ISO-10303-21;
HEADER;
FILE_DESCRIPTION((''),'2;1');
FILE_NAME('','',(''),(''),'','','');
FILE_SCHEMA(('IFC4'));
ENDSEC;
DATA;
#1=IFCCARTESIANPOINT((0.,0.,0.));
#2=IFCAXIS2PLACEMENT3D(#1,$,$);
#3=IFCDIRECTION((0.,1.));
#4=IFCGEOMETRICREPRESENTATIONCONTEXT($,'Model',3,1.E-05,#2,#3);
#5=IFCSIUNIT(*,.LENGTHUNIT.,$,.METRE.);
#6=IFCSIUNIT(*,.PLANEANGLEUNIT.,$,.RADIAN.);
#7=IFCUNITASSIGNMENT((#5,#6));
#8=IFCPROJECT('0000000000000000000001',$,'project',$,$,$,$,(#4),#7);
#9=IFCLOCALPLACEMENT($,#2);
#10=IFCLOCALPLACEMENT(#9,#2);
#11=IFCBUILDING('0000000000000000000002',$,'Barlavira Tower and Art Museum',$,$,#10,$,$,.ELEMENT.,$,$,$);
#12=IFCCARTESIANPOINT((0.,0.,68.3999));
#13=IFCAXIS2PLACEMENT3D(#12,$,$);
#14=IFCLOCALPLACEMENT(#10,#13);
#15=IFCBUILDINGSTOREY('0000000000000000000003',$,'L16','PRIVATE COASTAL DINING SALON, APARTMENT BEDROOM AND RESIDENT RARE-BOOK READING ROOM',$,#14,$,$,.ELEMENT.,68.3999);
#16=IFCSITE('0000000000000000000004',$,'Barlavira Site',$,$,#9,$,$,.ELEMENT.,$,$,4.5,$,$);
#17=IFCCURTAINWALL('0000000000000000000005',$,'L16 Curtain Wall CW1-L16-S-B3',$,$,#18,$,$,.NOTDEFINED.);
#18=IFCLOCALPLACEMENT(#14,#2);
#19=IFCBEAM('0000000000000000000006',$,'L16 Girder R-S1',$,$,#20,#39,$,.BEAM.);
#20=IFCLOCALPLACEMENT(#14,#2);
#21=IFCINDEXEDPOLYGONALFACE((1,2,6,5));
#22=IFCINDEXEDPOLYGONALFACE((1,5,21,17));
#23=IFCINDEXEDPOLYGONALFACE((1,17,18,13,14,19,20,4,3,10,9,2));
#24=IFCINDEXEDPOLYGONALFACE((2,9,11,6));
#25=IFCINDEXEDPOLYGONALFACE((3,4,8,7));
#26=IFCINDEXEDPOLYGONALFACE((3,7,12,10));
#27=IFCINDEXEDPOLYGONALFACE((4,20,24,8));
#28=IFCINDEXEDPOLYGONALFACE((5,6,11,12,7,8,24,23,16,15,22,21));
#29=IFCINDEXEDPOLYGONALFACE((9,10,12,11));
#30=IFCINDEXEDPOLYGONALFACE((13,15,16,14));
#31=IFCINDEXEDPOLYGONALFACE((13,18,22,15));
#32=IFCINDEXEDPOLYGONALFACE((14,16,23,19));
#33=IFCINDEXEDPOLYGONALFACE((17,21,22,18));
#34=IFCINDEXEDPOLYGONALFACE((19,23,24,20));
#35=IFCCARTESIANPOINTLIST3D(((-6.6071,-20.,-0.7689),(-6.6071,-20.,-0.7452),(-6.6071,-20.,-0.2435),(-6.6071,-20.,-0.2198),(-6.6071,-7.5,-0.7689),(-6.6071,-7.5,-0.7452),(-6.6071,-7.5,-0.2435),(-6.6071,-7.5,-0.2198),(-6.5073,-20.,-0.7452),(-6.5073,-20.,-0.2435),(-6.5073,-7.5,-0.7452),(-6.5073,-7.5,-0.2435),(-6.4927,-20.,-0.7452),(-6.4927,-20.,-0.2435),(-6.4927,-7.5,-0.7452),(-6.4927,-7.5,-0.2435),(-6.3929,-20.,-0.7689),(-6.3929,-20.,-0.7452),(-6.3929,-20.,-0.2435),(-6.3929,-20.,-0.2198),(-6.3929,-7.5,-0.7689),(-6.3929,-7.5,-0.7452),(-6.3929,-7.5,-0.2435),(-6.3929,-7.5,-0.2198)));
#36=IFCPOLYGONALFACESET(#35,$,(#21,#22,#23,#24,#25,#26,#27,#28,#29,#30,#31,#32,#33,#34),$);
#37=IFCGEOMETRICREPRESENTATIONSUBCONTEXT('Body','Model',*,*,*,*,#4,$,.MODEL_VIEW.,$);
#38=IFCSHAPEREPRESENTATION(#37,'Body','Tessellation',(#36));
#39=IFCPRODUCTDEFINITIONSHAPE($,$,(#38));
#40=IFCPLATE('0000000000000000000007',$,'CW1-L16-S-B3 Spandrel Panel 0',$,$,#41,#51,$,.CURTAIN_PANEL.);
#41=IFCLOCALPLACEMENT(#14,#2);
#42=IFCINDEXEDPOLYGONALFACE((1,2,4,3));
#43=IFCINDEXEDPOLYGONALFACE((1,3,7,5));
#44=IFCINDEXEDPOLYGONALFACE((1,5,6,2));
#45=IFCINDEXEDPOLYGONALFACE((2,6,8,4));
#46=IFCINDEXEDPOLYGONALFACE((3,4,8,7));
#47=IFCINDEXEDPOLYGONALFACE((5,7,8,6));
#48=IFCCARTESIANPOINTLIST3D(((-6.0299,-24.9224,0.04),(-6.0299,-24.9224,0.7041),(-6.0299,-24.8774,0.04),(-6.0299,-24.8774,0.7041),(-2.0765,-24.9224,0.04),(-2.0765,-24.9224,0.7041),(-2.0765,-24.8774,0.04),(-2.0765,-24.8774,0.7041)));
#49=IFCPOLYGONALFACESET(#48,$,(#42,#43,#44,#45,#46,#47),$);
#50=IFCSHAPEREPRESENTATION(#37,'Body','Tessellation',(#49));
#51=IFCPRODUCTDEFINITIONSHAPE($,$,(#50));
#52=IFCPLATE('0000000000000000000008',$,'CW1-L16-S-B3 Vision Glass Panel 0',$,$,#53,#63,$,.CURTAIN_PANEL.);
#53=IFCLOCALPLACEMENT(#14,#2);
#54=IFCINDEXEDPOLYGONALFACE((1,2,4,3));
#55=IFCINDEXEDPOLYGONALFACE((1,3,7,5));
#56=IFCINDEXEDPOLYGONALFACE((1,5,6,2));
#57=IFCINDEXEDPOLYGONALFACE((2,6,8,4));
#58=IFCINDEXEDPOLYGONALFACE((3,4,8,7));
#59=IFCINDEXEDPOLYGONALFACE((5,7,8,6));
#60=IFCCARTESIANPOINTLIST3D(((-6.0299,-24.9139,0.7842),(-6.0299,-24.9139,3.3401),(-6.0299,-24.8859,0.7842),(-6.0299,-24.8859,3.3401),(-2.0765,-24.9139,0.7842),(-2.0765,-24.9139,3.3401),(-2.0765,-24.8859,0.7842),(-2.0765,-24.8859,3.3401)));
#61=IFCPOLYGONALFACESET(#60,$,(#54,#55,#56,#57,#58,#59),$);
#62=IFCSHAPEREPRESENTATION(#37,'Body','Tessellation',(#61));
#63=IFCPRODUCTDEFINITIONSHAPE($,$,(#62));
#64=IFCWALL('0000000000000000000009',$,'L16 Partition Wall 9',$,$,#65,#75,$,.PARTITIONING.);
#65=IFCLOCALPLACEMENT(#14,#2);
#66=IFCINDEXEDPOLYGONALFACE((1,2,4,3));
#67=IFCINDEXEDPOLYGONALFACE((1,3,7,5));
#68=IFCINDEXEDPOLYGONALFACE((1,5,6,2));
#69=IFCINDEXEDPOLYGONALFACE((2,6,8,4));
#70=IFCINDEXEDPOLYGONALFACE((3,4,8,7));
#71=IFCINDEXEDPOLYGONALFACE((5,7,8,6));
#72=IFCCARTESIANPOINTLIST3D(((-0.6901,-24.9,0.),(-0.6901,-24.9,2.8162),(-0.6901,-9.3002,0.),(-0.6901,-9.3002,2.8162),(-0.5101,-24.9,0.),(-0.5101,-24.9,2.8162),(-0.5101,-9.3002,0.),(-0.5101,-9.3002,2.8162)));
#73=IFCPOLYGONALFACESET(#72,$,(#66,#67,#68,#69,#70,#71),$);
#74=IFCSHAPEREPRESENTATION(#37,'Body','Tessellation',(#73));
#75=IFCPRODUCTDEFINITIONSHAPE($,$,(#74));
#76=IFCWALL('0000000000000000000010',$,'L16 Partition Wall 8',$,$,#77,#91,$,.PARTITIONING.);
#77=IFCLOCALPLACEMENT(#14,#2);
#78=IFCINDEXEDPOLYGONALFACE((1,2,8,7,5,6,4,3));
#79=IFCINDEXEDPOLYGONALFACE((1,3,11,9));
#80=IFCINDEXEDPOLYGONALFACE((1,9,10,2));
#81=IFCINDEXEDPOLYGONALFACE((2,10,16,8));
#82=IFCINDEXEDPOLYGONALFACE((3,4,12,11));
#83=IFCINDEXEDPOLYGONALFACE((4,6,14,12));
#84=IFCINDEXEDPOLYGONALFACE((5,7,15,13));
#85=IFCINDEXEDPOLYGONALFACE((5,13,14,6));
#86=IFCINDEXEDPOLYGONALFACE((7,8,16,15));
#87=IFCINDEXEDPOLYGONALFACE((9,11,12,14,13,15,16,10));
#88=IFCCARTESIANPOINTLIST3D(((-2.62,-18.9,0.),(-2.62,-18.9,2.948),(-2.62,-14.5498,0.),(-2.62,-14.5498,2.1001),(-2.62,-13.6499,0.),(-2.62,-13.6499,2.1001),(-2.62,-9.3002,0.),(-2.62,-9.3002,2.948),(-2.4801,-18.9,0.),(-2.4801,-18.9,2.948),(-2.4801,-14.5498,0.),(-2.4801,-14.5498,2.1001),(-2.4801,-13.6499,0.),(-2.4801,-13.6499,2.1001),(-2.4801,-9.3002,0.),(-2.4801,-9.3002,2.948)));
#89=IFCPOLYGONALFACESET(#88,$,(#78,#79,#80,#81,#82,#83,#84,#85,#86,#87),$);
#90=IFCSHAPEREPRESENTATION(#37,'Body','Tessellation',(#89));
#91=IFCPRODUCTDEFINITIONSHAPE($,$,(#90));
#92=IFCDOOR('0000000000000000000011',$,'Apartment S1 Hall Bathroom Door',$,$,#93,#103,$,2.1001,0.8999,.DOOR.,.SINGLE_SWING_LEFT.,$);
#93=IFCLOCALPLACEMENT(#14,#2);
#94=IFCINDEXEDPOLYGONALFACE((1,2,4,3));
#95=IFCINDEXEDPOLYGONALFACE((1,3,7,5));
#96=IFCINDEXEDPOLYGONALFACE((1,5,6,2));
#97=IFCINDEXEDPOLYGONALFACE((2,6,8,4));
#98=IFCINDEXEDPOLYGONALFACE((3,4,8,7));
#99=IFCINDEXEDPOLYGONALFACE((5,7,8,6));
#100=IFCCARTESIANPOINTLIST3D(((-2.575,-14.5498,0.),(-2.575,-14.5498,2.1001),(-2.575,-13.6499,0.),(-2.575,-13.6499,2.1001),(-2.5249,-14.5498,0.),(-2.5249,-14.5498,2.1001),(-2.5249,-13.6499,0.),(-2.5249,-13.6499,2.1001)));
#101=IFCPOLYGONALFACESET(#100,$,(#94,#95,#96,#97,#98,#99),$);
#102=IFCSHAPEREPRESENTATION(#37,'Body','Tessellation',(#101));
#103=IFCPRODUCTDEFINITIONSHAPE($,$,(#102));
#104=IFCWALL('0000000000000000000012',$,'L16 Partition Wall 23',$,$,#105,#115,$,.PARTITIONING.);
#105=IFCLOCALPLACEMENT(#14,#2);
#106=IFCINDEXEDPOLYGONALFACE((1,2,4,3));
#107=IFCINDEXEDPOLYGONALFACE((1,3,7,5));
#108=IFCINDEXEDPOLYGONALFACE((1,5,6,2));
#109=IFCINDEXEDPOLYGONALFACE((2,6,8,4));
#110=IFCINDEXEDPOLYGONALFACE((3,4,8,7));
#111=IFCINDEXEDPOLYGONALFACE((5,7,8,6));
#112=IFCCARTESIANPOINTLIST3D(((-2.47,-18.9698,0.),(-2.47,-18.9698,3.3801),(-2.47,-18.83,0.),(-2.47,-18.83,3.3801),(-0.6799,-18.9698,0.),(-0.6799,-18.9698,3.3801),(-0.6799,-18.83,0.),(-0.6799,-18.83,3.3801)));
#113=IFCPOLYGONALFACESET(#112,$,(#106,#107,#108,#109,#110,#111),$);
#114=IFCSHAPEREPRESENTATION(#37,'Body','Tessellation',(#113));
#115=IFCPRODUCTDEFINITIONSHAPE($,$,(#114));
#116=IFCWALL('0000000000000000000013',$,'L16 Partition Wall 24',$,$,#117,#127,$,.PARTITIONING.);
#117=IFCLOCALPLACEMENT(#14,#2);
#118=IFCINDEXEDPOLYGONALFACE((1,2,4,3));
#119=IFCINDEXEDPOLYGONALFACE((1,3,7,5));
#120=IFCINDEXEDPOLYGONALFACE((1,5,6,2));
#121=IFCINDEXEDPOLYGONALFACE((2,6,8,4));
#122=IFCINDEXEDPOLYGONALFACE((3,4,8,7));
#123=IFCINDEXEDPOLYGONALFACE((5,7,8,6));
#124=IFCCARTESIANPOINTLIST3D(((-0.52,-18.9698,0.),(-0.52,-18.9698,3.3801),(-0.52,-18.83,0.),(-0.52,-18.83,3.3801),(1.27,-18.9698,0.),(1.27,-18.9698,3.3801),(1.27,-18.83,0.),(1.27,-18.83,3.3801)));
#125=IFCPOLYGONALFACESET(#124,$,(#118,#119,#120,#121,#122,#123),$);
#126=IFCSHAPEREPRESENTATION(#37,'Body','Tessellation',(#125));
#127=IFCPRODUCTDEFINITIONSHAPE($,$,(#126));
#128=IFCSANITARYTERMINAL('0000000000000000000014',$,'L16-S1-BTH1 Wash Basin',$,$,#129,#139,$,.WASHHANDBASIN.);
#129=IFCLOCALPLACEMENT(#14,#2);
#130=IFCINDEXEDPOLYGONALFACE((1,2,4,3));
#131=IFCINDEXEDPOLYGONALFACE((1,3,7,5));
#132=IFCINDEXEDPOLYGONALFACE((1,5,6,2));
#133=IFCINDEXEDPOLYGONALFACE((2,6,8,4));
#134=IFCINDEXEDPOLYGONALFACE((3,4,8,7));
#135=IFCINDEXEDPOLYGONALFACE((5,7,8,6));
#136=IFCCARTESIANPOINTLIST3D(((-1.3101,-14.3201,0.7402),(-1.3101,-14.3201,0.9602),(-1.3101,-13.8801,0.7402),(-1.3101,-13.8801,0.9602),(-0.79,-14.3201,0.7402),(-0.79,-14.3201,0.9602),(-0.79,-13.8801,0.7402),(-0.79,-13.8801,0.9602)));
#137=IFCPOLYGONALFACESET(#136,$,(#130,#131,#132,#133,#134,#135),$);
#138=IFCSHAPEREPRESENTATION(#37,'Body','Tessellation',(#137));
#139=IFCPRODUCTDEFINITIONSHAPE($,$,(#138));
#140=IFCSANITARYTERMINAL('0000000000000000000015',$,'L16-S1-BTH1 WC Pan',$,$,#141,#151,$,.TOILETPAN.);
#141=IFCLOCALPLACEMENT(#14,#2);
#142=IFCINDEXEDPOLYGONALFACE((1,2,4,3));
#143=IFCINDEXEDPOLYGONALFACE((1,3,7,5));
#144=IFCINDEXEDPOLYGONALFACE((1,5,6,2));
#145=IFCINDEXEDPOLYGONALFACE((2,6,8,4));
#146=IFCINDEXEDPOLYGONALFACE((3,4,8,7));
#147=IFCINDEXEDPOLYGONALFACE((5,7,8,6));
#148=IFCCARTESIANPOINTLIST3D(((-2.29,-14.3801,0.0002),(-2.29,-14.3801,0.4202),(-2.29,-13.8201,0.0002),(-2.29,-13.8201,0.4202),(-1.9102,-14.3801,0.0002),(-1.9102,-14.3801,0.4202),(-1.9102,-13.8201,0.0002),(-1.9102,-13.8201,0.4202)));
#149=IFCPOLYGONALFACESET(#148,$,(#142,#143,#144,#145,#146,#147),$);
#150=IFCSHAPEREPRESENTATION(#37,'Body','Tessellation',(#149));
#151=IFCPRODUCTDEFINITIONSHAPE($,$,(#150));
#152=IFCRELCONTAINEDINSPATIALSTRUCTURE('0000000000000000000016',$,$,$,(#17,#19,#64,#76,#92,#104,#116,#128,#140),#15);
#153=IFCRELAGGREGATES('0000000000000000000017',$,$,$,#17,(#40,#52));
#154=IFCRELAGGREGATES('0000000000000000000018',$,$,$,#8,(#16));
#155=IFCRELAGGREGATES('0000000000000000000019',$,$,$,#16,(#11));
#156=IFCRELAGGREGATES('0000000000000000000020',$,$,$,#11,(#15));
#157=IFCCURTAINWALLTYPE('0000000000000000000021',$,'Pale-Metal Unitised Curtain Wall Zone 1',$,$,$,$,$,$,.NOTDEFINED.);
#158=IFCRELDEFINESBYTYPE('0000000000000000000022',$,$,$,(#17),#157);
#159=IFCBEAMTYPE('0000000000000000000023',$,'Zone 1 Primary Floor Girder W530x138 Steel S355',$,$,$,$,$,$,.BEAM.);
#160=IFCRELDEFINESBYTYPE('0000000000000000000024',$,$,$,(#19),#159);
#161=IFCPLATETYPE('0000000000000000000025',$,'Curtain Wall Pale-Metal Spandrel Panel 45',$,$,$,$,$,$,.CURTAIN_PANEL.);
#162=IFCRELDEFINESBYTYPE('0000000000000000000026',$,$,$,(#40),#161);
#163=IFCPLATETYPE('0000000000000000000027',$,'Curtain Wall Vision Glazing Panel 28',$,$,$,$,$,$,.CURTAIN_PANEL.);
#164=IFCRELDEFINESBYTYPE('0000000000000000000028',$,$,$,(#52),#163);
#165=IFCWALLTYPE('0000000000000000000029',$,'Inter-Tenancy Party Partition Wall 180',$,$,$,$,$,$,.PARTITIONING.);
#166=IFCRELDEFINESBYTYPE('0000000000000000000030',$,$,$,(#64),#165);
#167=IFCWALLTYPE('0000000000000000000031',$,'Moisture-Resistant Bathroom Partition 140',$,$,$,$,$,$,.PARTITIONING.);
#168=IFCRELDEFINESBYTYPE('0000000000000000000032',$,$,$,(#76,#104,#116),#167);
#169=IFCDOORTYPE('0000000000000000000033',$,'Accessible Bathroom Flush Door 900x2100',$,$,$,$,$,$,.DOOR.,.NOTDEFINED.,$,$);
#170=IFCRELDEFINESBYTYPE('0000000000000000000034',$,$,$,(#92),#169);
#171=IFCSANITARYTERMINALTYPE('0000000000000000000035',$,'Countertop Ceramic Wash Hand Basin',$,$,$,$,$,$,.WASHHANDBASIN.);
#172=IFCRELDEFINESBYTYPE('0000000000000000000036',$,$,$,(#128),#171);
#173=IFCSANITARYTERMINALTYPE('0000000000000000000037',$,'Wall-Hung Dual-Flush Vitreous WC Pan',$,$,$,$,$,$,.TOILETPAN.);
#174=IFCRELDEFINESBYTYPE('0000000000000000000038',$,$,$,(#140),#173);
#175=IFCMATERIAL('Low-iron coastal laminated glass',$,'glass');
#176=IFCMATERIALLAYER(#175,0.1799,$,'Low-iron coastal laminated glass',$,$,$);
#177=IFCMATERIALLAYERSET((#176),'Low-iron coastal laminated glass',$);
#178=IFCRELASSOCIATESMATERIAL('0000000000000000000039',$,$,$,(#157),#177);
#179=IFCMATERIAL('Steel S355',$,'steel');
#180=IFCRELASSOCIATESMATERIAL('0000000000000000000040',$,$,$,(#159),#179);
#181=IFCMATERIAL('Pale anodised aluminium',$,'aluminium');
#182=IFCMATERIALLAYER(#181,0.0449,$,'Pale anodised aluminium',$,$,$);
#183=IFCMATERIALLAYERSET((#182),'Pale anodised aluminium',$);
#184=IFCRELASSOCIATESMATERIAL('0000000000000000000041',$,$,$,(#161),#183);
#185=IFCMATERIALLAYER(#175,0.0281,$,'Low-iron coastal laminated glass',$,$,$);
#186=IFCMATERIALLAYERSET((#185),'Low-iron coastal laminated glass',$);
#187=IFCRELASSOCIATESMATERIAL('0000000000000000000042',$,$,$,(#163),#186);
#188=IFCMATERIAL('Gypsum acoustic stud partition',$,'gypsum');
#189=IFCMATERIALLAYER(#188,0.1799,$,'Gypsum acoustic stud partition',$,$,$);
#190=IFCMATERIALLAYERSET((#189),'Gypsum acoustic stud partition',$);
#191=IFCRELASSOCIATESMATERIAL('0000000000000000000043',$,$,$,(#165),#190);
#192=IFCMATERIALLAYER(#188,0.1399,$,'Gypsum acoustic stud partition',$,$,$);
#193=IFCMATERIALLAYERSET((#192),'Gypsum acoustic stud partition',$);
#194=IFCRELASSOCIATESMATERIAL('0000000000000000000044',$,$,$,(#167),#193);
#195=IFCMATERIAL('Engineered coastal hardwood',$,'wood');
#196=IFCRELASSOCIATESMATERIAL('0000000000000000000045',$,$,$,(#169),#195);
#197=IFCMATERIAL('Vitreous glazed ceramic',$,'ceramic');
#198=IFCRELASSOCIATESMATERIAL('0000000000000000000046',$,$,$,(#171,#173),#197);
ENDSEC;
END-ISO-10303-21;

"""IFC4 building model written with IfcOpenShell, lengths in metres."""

from ifc_helpers import new_model, si_unit, direction, frame, frame_2d, origin, origin_2d, place, context, subcontext, project, spatial, rectangle, i_section, extrude, material, layer, layer_set, material_profile, profile_set, type_object, element, fill, aggregate, save


model = new_model("IFC4")

# Units and contexts
model_context = context("Model", 3, precision=1e-05, world=origin(), true_north=direction((0.0, 1.0)))
body_context = subcontext(model_context, "Body", "Model", "MODEL_VIEW")
ifc_project = project(units=[si_unit("LENGTHUNIT", "METRE"), si_unit("PLANEANGLEUNIT", "RADIAN")], contexts=[model_context])

# Site, building, storey
site_placement = place(None, origin())
site = spatial("IfcSite", under=ifc_project, at=site_placement, Name="Barlavira Site", CompositionType="ELEMENT", RefElevation=4.5)
building_placement = place(site_placement, origin())
building = spatial("IfcBuilding", under=site, at=building_placement, Name="Barlavira Tower and Art Museum", CompositionType="ELEMENT")
storey_placement = place(building_placement, frame((0.0, 0.0, 68.3999)))
storey = spatial("IfcBuildingStorey", under=building, at=storey_placement, Name="L16", Description="PRIVATE COASTAL DINING SALON, APARTMENT BEDROOM AND RESIDENT RARE-BOOK READING ROOM", CompositionType="ELEMENT", Elevation=68.3999)

# Curtain wall
ifc_material_1 = material(Name="Low-iron coastal laminated glass", Category="glass")
ifc_layer_1 = layer(ifc_material_1, 0.1799, Name="Low-iron coastal laminated glass")
ifc_layer_set_1 = layer_set([ifc_layer_1], Name="Low-iron coastal laminated glass")
curtain_wall_type = type_object("IfcCurtainWallType", Name="Pale-Metal Unitised Curtain Wall Zone 1", PredefinedType="NOTDEFINED", material=ifc_layer_set_1)
curtain_wall_placement = place(storey_placement, origin())
curtain_wall = element("IfcCurtainWall", 1, at=curtain_wall_placement, inside=storey, type_object=curtain_wall_type, Name="L16 Curtain Wall CW1-L16-S-B3", PredefinedType="NOTDEFINED")
ifc_material_2 = material(Name="Pale anodised aluminium", Category="aluminium")

# Shared definitions
ifc_material_3 = material(Name="Steel S355", Category="steel")

# Beam
ifc_material_profile_1 = material_profile(ifc_material_3, i_section(OverallWidth=0.2141, OverallDepth=0.5491, WebThickness=0.0146, FlangeThickness=0.0237, at=origin_2d()), Name="W530x138.0")
ifc_profile_set_1 = profile_set([ifc_material_profile_1], Name="Steel S355")
beam_type_1 = type_object("IfcBeamType", Name="Zone 1 Primary Floor Girder W530x138 Steel S355", PredefinedType="BEAM", material=ifc_profile_set_1)
beam_1_placement = place(storey_placement, frame((-6.5, -20.0, -0.4944), z_axis=(0.0, 1.0, 0.0), x_axis=(-1.0, 0.0, 0.0)))
element("IfcBeam", 2, at=beam_1_placement, inside=storey, type_object=beam_type_1, Name="L16 Girder R-S1", PredefinedType="BEAM", context=body_context, shape_type="SweptSolid", body=[
    extrude(i_section(OverallWidth=0.2141, OverallDepth=0.5491, WebThickness=0.0146, FlangeThickness=0.0237, at=origin_2d()), origin(), (0.0, 0.0, 1.0), 12.5),
])

# Plates
ifc_layer_2 = layer(ifc_material_2, 0.0449, Name="Pale anodised aluminium")
ifc_layer_set_2 = layer_set([ifc_layer_2], Name="Pale anodised aluminium")
plate_type_1 = type_object("IfcPlateType", Name="Curtain Wall Pale-Metal Spandrel Panel 45", PredefinedType="CURTAIN_PANEL", material=ifc_layer_set_2)
plate_1_placement = place(storey_placement, frame((-4.0532, -24.8999, 0.04), z_axis=(0.0, 0.0, 1.0), x_axis=(1.0, 0.0, 0.0)))
plate_1 = element("IfcPlate", 3, at=plate_1_placement, type_object=plate_type_1, Name="CW1-L16-S-B3 Spandrel Panel 0", PredefinedType="CURTAIN_PANEL", context=body_context, shape_type="SweptSolid", body=[
    extrude(rectangle(XDim=3.9534, YDim=0.0449, at=origin_2d()), origin(), (0.0, 0.0, 1.0), 0.6641),
])
ifc_layer_3 = layer(ifc_material_1, 0.0281, Name="Low-iron coastal laminated glass")
ifc_layer_set_3 = layer_set([ifc_layer_3], Name="Low-iron coastal laminated glass")
plate_type_2 = type_object("IfcPlateType", Name="Curtain Wall Vision Glazing Panel 28", PredefinedType="CURTAIN_PANEL", material=ifc_layer_set_3)
plate_2_placement = place(storey_placement, frame((-4.0532, -24.8999, 0.7842), z_axis=(0.0, 0.0, 1.0), x_axis=(1.0, 0.0, 0.0)))
plate_2 = element("IfcPlate", 4, at=plate_2_placement, type_object=plate_type_2, Name="CW1-L16-S-B3 Vision Glass Panel 0", PredefinedType="CURTAIN_PANEL", context=body_context, shape_type="SweptSolid", body=[
    extrude(rectangle(XDim=3.9534, YDim=0.0281, at=origin_2d()), origin(), (0.0, 0.0, 1.0), 2.5559),
])
aggregate(curtain_wall, [plate_1, plate_2])

# Wall
ifc_material_4 = material(Name="Gypsum acoustic stud partition", Category="gypsum")
ifc_layer_4 = layer(ifc_material_4, 0.1799, Name="Gypsum acoustic stud partition")
ifc_layer_set_4 = layer_set([ifc_layer_4], Name="Gypsum acoustic stud partition")
wall_type_1 = type_object("IfcWallType", Name="Inter-Tenancy Party Partition Wall 180", PredefinedType="PARTITIONING", material=ifc_layer_set_4)
wall_1_placement = place(storey_placement, frame((-0.6001, -24.8999, 0.0), z_axis=(0.0, 0.0, 1.0), x_axis=(0.0, 1.0, 0.0)))
element("IfcWall", 5, at=wall_1_placement, inside=storey, type_object=wall_type_1, Name="L16 Partition Wall 9", PredefinedType="PARTITIONING", context=body_context, shape_type="SweptSolid", body=[
    extrude(rectangle(XDim=15.5999, YDim=0.1799, at=frame_2d((7.7998, 0.0))), origin(), (0.0, 0.0, 1.0), 2.8162),
])

# Wall, opening, door
ifc_layer_5 = layer(ifc_material_4, 0.1399, Name="Gypsum acoustic stud partition")
ifc_layer_set_5 = layer_set([ifc_layer_5], Name="Gypsum acoustic stud partition")
wall_type_2 = type_object("IfcWallType", Name="Moisture-Resistant Bathroom Partition 140", PredefinedType="PARTITIONING", material=ifc_layer_set_5)
wall_2_placement = place(storey_placement, frame((-2.55, -18.8999, 0.0), z_axis=(0.0, 0.0, 1.0), x_axis=(0.0, 1.0, 0.0)))
wall_2 = element("IfcWall", 6, at=wall_2_placement, inside=storey, type_object=wall_type_2, Name="L16 Partition Wall 8", PredefinedType="PARTITIONING", context=body_context, shape_type="SweptSolid", body=[
    extrude(rectangle(XDim=9.5999, YDim=0.1399, at=frame_2d((4.7998, 0.0))), origin(), (0.0, 0.0, 1.0), 2.948),
])
opening_placement = place(wall_2_placement, frame((4.3501, 0.0, 0.0)))
opening = element("IfcOpeningElement", 7, at=opening_placement, cuts=wall_2, PredefinedType="OPENING", context=body_context, shape_type="SweptSolid", body=[
    extrude(rectangle(XDim=0.8999, YDim=2.1001, at=frame_2d((0.45, 1.05))), frame((0.0, 0.0801, 0.0), z_axis=(0.0, -1.0, 0.0), x_axis=(1.0, 0.0, 0.0)), (0.0, 0.0, 1.0), 0.1599),
])
ifc_material_5 = material(Name="Engineered coastal hardwood", Category="wood")
door_type = type_object("IfcDoorType", Name="Accessible Bathroom Flush Door 900x2100", OperationType="NOTDEFINED", PredefinedType="DOOR", material=ifc_material_5)
door_placement = place(opening_placement, origin())
door = element("IfcDoor", 8, at=door_placement, inside=storey, type_object=door_type, Name="Apartment S1 Hall Bathroom Door", OperationType="SINGLE_SWING_LEFT", OverallHeight=2.1001, OverallWidth=0.8999, PredefinedType="DOOR", context=body_context, shape_type="SweptSolid", body=[
    extrude(rectangle(XDim=0.8999, YDim=2.1001, at=frame_2d((0.45, 1.05))), frame((0.0, 0.0249, 0.0), z_axis=(0.0, -1.0, 0.0), x_axis=(1.0, 0.0, 0.0)), (0.0, 0.0, 1.0), 0.05),
])
fill(opening, door)

# Walls
for number, where, z_axis, x_axis, name in (
    (9, (-2.47, -18.8999, 0.0), (0.0, 0.0, 1.0), (1.0, 0.0, 0.0), "L16 Partition Wall 23"),
    (10, (-0.52, -18.8999, 0.0), (0.0, 0.0, 1.0), (1.0, 0.0, 0.0), "L16 Partition Wall 24"),
):
    element("IfcWall", number, at=place(storey_placement, frame(where, z_axis=z_axis, x_axis=x_axis)), inside=storey, type_object=wall_type_2, Name=name, PredefinedType="PARTITIONING", context=body_context, shape_type="SweptSolid", body=[
        extrude(rectangle(XDim=1.79, YDim=0.1399, at=frame_2d((0.895, 0.0))), origin(), (0.0, 0.0, 1.0), 3.3801),
    ])

# Sanitary terminals
ifc_material_6 = material(Name="Vitreous glazed ceramic", Category="ceramic")
sanitary_terminal_type_1 = type_object("IfcSanitaryTerminalType", Name="Countertop Ceramic Wash Hand Basin", PredefinedType="WASHHANDBASIN", material=ifc_material_6)
sanitary_terminal_1_placement = place(storey_placement, frame((-1.05, -14.1001, 0.7402), z_axis=(0.0, 0.0, 1.0), x_axis=(1.0, 0.0, 0.0)))
element("IfcSanitaryTerminal", 11, at=sanitary_terminal_1_placement, inside=storey, type_object=sanitary_terminal_type_1, Name="L16-S1-BTH1 Wash Basin", PredefinedType="WASHHANDBASIN", context=body_context, shape_type="SweptSolid", body=[
    extrude(rectangle(XDim=0.52, YDim=0.4399, at=origin_2d()), origin(), (0.0, 0.0, 1.0), 0.22),
])
sanitary_terminal_type_2 = type_object("IfcSanitaryTerminalType", Name="Wall-Hung Dual-Flush Vitreous WC Pan", PredefinedType="TOILETPAN", material=ifc_material_6)
sanitary_terminal_2_placement = place(storey_placement, frame((-2.1001, -14.1001, 0.0002), z_axis=(0.0, 0.0, 1.0), x_axis=(1.0, 0.0, 0.0)))
element("IfcSanitaryTerminal", 12, at=sanitary_terminal_2_placement, inside=storey, type_object=sanitary_terminal_type_2, Name="L16-S1-BTH1 WC Pan", PredefinedType="TOILETPAN", context=body_context, shape_type="SweptSolid", body=[
    extrude(rectangle(XDim=0.3799, YDim=0.5601, at=origin_2d()), origin(), (0.0, 0.0, 1.0), 0.4199),
])

save(model, "model.ifc")
